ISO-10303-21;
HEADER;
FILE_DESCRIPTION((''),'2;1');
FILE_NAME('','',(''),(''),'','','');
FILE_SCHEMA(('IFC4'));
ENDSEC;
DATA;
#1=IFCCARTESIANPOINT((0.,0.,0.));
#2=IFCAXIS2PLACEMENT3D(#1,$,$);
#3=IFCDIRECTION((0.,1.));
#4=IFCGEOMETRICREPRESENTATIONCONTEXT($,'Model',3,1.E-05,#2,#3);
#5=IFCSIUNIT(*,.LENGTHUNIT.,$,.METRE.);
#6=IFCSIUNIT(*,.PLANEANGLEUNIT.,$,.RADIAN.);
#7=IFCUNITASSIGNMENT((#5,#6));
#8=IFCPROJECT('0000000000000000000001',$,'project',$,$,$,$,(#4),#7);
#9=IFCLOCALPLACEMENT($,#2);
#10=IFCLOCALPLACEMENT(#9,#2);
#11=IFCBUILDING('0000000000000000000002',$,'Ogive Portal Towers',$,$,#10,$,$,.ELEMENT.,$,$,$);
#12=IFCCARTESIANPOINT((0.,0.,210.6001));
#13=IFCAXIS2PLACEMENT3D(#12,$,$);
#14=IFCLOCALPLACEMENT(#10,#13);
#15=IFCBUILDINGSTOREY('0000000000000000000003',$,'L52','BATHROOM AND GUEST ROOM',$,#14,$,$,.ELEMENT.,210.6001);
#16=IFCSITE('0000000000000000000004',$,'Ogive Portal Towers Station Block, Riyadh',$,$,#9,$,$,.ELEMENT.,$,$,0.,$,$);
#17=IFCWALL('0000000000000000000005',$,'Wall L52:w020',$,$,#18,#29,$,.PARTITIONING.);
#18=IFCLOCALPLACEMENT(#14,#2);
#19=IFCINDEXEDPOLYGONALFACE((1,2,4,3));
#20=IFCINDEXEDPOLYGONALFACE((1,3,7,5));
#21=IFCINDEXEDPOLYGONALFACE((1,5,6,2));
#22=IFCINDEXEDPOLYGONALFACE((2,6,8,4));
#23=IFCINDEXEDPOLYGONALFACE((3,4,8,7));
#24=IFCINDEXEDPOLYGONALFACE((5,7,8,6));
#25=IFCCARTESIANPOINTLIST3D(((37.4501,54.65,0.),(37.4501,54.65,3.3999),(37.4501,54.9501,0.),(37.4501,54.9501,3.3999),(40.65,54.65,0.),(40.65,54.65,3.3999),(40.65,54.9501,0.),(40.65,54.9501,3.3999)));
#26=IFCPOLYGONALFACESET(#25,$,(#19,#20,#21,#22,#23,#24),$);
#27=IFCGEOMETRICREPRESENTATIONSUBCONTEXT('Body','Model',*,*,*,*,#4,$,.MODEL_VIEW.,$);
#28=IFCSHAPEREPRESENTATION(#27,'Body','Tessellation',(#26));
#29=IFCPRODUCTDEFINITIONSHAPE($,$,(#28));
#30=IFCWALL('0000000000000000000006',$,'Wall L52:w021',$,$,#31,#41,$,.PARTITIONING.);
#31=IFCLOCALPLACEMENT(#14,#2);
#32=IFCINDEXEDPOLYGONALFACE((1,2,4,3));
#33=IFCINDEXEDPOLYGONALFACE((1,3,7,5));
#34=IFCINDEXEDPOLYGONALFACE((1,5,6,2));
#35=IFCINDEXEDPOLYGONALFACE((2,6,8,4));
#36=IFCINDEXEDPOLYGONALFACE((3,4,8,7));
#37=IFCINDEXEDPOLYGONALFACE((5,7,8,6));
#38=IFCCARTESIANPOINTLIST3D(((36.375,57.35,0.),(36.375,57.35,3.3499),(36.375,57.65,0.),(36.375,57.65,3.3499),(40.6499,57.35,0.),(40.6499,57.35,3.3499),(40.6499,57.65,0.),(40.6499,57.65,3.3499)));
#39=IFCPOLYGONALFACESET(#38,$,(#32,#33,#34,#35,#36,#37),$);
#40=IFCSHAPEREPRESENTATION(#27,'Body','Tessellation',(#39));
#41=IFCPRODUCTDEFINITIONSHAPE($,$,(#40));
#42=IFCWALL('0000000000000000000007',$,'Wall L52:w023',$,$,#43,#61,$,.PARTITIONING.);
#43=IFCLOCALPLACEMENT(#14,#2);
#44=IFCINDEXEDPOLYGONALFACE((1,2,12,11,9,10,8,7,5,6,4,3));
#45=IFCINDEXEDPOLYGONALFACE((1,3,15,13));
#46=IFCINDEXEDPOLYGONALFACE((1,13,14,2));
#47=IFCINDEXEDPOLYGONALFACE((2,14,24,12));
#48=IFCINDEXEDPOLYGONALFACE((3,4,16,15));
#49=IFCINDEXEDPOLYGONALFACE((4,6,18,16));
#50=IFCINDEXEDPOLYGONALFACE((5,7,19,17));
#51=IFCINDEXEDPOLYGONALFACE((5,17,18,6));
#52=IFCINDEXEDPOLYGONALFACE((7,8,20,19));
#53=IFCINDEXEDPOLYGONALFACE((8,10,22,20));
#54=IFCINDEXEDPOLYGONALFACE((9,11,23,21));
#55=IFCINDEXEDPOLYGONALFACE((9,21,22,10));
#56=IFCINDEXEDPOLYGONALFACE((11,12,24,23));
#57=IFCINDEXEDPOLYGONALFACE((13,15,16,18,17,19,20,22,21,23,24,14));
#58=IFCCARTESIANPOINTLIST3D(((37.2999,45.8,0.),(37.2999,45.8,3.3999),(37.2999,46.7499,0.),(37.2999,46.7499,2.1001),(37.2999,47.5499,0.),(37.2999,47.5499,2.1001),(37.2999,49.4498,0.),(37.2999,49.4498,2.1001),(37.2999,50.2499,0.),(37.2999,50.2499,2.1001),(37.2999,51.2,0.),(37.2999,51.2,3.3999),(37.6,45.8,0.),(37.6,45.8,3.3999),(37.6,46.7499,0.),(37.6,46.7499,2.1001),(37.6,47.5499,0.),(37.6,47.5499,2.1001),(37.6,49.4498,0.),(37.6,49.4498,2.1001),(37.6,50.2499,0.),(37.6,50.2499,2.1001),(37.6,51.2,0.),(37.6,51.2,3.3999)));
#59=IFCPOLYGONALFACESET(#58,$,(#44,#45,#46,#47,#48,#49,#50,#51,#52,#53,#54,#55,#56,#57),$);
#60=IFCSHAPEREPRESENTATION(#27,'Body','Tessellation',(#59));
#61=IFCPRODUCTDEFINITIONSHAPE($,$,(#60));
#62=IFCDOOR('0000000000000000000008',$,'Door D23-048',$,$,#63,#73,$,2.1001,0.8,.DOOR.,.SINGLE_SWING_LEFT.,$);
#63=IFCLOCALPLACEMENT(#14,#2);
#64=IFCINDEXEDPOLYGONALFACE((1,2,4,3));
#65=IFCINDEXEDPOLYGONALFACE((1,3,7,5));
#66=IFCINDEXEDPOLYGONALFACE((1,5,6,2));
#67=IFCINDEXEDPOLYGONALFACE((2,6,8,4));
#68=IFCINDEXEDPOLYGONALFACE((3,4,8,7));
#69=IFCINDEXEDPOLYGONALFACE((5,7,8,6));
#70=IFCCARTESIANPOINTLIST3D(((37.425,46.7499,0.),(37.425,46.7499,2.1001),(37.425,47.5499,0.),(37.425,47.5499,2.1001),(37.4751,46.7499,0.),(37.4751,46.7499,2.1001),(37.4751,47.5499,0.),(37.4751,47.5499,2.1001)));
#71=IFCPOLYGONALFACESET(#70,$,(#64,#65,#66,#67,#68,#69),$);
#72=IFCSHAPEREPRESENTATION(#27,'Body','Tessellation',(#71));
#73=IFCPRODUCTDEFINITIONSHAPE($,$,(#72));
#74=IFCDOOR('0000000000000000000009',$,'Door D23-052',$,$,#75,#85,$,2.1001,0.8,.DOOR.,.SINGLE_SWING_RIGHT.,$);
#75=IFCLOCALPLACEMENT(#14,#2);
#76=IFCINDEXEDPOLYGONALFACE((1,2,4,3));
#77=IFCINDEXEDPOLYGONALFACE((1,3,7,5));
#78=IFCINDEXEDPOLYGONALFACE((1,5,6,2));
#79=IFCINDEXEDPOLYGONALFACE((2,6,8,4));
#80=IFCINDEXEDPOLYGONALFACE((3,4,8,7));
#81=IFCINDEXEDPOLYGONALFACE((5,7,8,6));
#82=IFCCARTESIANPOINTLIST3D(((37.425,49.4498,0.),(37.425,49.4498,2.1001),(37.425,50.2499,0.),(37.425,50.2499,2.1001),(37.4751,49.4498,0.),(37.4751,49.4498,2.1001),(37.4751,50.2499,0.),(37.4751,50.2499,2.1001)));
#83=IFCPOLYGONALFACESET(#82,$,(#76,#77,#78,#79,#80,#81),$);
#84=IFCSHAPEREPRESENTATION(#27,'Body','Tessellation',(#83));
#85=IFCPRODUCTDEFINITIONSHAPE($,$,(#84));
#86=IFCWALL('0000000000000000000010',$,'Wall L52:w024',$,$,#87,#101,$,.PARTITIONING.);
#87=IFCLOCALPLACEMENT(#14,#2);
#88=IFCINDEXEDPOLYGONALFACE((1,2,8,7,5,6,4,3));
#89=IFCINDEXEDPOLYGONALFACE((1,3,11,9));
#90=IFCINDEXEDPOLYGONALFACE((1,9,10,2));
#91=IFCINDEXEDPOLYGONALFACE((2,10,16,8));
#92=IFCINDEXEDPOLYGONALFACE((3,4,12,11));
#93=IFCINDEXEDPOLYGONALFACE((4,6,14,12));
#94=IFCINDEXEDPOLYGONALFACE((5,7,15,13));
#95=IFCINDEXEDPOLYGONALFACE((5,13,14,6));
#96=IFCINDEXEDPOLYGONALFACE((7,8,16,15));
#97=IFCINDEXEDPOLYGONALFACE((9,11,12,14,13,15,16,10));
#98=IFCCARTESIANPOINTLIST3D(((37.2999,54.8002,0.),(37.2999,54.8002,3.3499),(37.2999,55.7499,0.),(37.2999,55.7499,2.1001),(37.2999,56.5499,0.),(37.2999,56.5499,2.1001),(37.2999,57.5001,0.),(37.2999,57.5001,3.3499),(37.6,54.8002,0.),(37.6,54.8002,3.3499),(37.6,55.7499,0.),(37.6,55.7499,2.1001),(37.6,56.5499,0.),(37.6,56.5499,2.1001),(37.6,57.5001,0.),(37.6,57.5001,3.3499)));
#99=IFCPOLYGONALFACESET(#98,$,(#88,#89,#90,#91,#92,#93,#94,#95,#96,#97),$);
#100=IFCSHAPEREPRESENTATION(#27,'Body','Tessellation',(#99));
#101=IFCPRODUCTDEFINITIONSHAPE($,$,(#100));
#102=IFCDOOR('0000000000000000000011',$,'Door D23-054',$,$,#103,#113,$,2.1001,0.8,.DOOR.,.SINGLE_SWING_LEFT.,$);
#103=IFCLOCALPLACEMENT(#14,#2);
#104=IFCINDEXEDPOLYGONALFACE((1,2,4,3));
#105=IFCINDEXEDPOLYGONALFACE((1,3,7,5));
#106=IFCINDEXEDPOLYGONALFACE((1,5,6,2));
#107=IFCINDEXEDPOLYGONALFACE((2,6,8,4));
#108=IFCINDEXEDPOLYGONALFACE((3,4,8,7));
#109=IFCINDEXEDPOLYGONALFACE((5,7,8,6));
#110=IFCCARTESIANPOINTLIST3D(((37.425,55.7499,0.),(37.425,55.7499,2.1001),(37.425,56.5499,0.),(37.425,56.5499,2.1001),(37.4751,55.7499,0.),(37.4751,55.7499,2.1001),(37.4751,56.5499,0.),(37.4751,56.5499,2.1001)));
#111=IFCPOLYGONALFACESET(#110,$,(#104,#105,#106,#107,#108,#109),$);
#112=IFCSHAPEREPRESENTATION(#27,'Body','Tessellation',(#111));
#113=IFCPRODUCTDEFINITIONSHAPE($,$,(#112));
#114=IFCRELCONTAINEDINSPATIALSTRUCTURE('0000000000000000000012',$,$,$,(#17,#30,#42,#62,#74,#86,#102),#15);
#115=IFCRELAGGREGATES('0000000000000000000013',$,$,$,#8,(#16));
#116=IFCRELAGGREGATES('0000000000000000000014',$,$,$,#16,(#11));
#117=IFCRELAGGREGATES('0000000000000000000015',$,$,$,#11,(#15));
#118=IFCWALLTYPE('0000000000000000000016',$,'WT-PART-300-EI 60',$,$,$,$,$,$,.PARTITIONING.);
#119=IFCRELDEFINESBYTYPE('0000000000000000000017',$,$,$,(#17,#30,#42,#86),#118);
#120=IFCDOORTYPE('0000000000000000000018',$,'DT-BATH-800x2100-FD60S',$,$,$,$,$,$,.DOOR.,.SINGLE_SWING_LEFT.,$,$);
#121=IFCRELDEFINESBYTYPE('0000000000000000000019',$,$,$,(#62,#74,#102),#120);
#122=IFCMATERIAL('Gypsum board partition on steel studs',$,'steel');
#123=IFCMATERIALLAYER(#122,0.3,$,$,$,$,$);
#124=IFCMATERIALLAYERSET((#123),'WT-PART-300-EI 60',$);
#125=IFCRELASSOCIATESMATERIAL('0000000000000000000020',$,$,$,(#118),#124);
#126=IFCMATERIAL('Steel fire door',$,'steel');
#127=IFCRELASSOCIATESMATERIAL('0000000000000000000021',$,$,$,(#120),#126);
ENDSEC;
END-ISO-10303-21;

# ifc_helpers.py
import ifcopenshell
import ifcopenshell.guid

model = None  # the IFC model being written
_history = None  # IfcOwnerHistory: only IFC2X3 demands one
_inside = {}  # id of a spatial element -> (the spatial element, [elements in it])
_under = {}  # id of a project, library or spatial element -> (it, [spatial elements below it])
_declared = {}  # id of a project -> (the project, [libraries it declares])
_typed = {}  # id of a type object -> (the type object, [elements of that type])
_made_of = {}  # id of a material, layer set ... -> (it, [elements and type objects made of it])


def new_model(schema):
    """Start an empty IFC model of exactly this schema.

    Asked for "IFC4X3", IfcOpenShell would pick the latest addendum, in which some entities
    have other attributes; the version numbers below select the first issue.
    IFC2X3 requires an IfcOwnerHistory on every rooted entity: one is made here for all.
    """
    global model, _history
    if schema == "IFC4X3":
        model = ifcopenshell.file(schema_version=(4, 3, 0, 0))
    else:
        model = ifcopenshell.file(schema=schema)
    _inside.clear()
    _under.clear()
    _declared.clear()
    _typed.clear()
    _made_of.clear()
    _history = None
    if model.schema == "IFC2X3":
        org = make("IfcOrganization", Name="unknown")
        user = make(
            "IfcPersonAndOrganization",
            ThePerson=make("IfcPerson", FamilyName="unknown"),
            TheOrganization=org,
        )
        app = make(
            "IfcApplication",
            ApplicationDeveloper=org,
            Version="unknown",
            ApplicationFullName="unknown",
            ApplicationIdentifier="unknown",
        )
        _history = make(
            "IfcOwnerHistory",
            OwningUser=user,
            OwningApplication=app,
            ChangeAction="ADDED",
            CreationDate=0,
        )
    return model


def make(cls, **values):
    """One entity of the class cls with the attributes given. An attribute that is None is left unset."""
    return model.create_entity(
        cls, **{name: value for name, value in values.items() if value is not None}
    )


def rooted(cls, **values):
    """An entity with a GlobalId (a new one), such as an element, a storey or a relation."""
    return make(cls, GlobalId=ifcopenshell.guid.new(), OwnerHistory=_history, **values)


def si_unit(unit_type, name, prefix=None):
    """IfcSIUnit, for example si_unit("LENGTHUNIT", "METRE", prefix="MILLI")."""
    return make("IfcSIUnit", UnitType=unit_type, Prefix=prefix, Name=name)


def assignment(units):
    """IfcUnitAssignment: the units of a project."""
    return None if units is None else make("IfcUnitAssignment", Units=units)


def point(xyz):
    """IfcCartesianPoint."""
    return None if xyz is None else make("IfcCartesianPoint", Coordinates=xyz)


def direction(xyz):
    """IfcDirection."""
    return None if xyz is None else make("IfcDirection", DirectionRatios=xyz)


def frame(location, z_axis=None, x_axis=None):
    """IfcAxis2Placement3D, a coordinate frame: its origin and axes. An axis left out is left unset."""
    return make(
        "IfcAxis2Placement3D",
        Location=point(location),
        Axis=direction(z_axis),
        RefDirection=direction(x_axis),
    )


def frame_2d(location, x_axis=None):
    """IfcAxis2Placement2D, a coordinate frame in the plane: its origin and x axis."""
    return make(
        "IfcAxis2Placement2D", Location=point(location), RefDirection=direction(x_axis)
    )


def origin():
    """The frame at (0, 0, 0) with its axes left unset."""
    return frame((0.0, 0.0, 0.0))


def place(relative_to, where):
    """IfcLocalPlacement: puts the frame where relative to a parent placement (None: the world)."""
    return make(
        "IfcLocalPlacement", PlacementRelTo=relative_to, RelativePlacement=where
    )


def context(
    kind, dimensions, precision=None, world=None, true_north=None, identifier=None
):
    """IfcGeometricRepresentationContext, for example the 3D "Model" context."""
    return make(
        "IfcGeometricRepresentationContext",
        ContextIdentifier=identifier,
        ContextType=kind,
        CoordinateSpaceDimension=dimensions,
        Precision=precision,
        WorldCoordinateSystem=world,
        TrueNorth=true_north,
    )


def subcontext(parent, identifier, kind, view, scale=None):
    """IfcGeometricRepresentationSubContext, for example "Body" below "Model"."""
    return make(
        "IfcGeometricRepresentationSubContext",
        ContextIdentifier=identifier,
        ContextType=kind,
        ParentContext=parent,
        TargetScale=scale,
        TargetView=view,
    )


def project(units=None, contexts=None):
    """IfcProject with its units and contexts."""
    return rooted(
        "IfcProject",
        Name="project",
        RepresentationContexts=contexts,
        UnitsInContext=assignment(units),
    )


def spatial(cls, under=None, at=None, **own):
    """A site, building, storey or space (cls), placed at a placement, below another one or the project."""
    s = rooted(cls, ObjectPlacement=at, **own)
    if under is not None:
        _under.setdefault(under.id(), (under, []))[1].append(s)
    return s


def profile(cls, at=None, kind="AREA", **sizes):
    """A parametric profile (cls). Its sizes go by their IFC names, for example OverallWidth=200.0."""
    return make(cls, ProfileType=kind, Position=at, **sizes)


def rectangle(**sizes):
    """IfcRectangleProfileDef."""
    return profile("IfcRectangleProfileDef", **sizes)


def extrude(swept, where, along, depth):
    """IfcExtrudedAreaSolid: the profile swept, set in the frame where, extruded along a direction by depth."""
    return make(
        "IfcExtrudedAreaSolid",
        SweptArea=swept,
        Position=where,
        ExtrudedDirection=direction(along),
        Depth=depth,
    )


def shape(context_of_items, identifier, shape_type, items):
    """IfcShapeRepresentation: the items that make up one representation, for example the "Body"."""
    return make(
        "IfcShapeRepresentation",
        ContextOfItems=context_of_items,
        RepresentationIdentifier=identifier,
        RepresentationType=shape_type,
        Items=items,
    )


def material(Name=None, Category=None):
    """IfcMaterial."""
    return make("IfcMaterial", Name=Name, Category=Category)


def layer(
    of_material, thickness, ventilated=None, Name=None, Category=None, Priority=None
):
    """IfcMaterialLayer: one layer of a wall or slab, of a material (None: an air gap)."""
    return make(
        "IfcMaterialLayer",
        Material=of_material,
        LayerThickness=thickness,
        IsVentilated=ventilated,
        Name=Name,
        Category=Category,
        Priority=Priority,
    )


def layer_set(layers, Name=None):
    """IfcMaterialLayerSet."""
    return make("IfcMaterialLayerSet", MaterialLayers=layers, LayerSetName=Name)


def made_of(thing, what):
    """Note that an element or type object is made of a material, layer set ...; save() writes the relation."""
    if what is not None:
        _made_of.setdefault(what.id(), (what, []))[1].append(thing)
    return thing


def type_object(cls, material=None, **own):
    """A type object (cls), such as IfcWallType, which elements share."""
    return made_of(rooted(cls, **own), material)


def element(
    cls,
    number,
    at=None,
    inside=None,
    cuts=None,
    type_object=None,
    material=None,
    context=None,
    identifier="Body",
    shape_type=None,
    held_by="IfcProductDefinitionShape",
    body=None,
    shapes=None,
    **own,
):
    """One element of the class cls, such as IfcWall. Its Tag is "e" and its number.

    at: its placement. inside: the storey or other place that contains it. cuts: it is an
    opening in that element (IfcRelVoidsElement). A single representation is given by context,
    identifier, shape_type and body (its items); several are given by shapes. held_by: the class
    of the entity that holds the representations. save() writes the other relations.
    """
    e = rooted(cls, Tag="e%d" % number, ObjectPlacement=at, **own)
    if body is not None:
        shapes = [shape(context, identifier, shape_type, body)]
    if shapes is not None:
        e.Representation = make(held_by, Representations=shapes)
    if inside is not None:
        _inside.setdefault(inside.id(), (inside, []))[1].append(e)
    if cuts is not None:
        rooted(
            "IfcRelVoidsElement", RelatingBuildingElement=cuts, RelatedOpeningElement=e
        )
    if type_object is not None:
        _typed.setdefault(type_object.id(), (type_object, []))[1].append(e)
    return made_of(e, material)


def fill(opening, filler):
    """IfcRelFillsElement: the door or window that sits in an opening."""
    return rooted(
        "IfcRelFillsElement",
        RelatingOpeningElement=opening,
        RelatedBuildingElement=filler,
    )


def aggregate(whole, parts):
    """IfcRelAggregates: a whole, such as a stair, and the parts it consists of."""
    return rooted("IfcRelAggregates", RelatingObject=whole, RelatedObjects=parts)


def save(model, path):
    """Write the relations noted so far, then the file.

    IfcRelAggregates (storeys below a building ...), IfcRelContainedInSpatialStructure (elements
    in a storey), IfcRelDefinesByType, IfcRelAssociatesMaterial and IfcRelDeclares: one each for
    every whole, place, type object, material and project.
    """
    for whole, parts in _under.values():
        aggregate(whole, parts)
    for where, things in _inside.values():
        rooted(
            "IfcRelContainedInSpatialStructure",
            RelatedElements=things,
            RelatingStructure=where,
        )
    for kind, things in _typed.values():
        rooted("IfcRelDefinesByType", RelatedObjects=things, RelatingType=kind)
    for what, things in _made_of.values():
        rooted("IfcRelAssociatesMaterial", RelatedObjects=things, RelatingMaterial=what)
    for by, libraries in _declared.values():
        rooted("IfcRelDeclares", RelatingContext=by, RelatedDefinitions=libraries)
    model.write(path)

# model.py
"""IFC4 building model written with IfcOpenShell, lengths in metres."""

from ifc_helpers import new_model, si_unit, direction, frame, frame_2d, origin, place, context, subcontext, project, spatial, rectangle, extrude, material, layer, layer_set, type_object, element, fill, save


model = new_model("IFC4")

# Units and contexts
model_context = context("Model", 3, precision=1e-05, world=origin(), true_north=direction((0.0, 1.0)))
body_context = subcontext(model_context, "Body", "Model", "MODEL_VIEW")
ifc_project = project(units=[si_unit("LENGTHUNIT", "METRE"), si_unit("PLANEANGLEUNIT", "RADIAN")], contexts=[model_context])

# Site, building, storey
site_placement = place(None, origin())
site = spatial("IfcSite", under=ifc_project, at=site_placement, Name="Ogive Portal Towers Station Block, Riyadh", CompositionType="ELEMENT", RefElevation=0.0)
building_placement = place(site_placement, origin())
building = spatial("IfcBuilding", under=site, at=building_placement, Name="Ogive Portal Towers", CompositionType="ELEMENT")
storey_placement = place(building_placement, frame((0.0, 0.0, 210.6001)))
storey = spatial("IfcBuildingStorey", under=building, at=storey_placement, Name="L52", Description="BATHROOM AND GUEST ROOM", CompositionType="ELEMENT", Elevation=210.6001)

# Walls
ifc_material_1 = material(Name="Gypsum board partition on steel studs", Category="steel")
ifc_layer_1 = layer(ifc_material_1, 0.3)
ifc_layer_set_1 = layer_set([ifc_layer_1], Name="WT-PART-300-EI 60")
wall_type_1 = type_object("IfcWallType", Name="WT-PART-300-EI 60", PredefinedType="PARTITIONING", material=ifc_layer_set_1)
wall_1_placement = place(storey_placement, frame((37.45, 54.8, 0.0), z_axis=(0.0, 0.0, 1.0), x_axis=(1.0, 0.0, 0.0)))
element("IfcWall", 1, at=wall_1_placement, inside=storey, type_object=wall_type_1, Name="Wall L52:w020", PredefinedType="PARTITIONING", context=body_context, shape_type="SweptSolid", body=[
    extrude(rectangle(XDim=3.2, YDim=0.3, at=frame_2d((1.6001, 0.0))), origin(), (0.0, 0.0, 1.0), 3.3999),
])
wall_2_placement = place(storey_placement, frame((36.375, 57.5, 0.0), z_axis=(0.0, 0.0, 1.0), x_axis=(1.0, 0.0, 0.0)))
element("IfcWall", 2, at=wall_2_placement, inside=storey, type_object=wall_type_1, Name="Wall L52:w021", PredefinedType="PARTITIONING", context=body_context, shape_type="SweptSolid", body=[
    extrude(rectangle(XDim=4.2749, YDim=0.3, at=frame_2d((2.1375, 0.0))), origin(), (0.0, 0.0, 1.0), 3.3499),
])

# Wall, openings, doors
wall_3_placement = place(storey_placement, frame((37.45, 45.8, 0.0), z_axis=(0.0, 0.0, 1.0), x_axis=(0.0, 1.0, 0.0)))
wall_3 = element("IfcWall", 3, at=wall_3_placement, inside=storey, type_object=wall_type_1, Name="Wall L52:w023", PredefinedType="PARTITIONING", context=body_context, shape_type="SweptSolid", body=[
    extrude(rectangle(XDim=5.3999, YDim=0.3, at=frame_2d((2.7, 0.0))), origin(), (0.0, 0.0, 1.0), 3.3999),
])
opening_1_placement = place(wall_3_placement, frame((0.95, 0.0, 0.0)))
opening_1 = element("IfcOpeningElement", 4, at=opening_1_placement, cuts=wall_3, PredefinedType="OPENING", context=body_context, shape_type="SweptSolid", body=[
    extrude(rectangle(XDim=0.8, YDim=2.1001, at=frame_2d((0.3999, 1.05))), frame((0.0, 0.1602, 0.0), z_axis=(0.0, -1.0, 0.0), x_axis=(1.0, 0.0, 0.0)), (0.0, 0.0, 1.0), 0.3201),
])
opening_2_placement = place(wall_3_placement, frame((3.6499, 0.0, 0.0)))
opening_2 = element("IfcOpeningElement", 5, at=opening_2_placement, cuts=wall_3, PredefinedType="OPENING", context=body_context, shape_type="SweptSolid", body=[
    extrude(rectangle(XDim=0.8, YDim=2.1001, at=frame_2d((0.3999, 1.05))), frame((0.0, 0.1602, 0.0), z_axis=(0.0, -1.0, 0.0), x_axis=(1.0, 0.0, 0.0)), (0.0, 0.0, 1.0), 0.3201),
])
ifc_material_2 = material(Name="Steel fire door", Category="steel")
door_type = type_object("IfcDoorType", Name="DT-BATH-800x2100-FD60S", OperationType="SINGLE_SWING_LEFT", PredefinedType="DOOR", material=ifc_material_2)
door_1_placement = place(opening_1_placement, origin())
door_1 = element("IfcDoor", 6, at=door_1_placement, inside=storey, type_object=door_type, Name="Door D23-048", OperationType="SINGLE_SWING_LEFT", OverallHeight=2.1001, OverallWidth=0.8, PredefinedType="DOOR", context=body_context, shape_type="SweptSolid", body=[
    extrude(rectangle(XDim=0.8, YDim=2.1001, at=frame_2d((0.3999, 1.05))), frame((0.0, 0.0249, 0.0), z_axis=(0.0, -1.0, 0.0), x_axis=(1.0, 0.0, 0.0)), (0.0, 0.0, 1.0), 0.05),
])
fill(opening_1, door_1)
door_2_placement = place(opening_2_placement, origin())
door_2 = element("IfcDoor", 7, at=door_2_placement, inside=storey, type_object=door_type, Name="Door D23-052", OperationType="SINGLE_SWING_RIGHT", OverallHeight=2.1001, OverallWidth=0.8, PredefinedType="DOOR", context=body_context, shape_type="SweptSolid", body=[
    extrude(rectangle(XDim=0.8, YDim=2.1001, at=frame_2d((0.3999, 1.05))), frame((0.0, 0.0249, 0.0), z_axis=(0.0, -1.0, 0.0), x_axis=(1.0, 0.0, 0.0)), (0.0, 0.0, 1.0), 0.05),
])
fill(opening_2, door_2)

# Wall, opening, door
wall_4_placement = place(storey_placement, frame((37.45, 54.8, 0.0), z_axis=(0.0, 0.0, 1.0), x_axis=(0.0, 1.0, 0.0)))
wall_4 = element("IfcWall", 8, at=wall_4_placement, inside=storey, type_object=wall_type_1, Name="Wall L52:w024", PredefinedType="PARTITIONING", context=body_context, shape_type="SweptSolid", body=[
    extrude(rectangle(XDim=2.7, YDim=0.3, at=frame_2d((1.3501, 0.0))), origin(), (0.0, 0.0, 1.0), 3.3499),
])
opening_3_placement = place(wall_4_placement, frame((0.95, 0.0, 0.0)))
opening_3 = element("IfcOpeningElement", 9, at=opening_3_placement, cuts=wall_4, PredefinedType="OPENING", context=body_context, shape_type="SweptSolid", body=[
    extrude(rectangle(XDim=0.8, YDim=2.1001, at=frame_2d((0.3999, 1.05))), frame((0.0, 0.1602, 0.0), z_axis=(0.0, -1.0, 0.0), x_axis=(1.0, 0.0, 0.0)), (0.0, 0.0, 1.0), 0.3201),
])
door_3_placement = place(opening_3_placement, origin())
door_3 = element("IfcDoor", 10, at=door_3_placement, inside=storey, type_object=door_type, Name="Door D23-054", OperationType="SINGLE_SWING_LEFT", OverallHeight=2.1001, OverallWidth=0.8, PredefinedType="DOOR", context=body_context, shape_type="SweptSolid", body=[
    extrude(rectangle(XDim=0.8, YDim=2.1001, at=frame_2d((0.3999, 1.05))), frame((0.0, 0.0249, 0.0), z_axis=(0.0, -1.0, 0.0), x_axis=(1.0, 0.0, 0.0)), (0.0, 0.0, 1.0), 0.05),
])
fill(opening_3, door_3)

save(model, "model.ifc")
